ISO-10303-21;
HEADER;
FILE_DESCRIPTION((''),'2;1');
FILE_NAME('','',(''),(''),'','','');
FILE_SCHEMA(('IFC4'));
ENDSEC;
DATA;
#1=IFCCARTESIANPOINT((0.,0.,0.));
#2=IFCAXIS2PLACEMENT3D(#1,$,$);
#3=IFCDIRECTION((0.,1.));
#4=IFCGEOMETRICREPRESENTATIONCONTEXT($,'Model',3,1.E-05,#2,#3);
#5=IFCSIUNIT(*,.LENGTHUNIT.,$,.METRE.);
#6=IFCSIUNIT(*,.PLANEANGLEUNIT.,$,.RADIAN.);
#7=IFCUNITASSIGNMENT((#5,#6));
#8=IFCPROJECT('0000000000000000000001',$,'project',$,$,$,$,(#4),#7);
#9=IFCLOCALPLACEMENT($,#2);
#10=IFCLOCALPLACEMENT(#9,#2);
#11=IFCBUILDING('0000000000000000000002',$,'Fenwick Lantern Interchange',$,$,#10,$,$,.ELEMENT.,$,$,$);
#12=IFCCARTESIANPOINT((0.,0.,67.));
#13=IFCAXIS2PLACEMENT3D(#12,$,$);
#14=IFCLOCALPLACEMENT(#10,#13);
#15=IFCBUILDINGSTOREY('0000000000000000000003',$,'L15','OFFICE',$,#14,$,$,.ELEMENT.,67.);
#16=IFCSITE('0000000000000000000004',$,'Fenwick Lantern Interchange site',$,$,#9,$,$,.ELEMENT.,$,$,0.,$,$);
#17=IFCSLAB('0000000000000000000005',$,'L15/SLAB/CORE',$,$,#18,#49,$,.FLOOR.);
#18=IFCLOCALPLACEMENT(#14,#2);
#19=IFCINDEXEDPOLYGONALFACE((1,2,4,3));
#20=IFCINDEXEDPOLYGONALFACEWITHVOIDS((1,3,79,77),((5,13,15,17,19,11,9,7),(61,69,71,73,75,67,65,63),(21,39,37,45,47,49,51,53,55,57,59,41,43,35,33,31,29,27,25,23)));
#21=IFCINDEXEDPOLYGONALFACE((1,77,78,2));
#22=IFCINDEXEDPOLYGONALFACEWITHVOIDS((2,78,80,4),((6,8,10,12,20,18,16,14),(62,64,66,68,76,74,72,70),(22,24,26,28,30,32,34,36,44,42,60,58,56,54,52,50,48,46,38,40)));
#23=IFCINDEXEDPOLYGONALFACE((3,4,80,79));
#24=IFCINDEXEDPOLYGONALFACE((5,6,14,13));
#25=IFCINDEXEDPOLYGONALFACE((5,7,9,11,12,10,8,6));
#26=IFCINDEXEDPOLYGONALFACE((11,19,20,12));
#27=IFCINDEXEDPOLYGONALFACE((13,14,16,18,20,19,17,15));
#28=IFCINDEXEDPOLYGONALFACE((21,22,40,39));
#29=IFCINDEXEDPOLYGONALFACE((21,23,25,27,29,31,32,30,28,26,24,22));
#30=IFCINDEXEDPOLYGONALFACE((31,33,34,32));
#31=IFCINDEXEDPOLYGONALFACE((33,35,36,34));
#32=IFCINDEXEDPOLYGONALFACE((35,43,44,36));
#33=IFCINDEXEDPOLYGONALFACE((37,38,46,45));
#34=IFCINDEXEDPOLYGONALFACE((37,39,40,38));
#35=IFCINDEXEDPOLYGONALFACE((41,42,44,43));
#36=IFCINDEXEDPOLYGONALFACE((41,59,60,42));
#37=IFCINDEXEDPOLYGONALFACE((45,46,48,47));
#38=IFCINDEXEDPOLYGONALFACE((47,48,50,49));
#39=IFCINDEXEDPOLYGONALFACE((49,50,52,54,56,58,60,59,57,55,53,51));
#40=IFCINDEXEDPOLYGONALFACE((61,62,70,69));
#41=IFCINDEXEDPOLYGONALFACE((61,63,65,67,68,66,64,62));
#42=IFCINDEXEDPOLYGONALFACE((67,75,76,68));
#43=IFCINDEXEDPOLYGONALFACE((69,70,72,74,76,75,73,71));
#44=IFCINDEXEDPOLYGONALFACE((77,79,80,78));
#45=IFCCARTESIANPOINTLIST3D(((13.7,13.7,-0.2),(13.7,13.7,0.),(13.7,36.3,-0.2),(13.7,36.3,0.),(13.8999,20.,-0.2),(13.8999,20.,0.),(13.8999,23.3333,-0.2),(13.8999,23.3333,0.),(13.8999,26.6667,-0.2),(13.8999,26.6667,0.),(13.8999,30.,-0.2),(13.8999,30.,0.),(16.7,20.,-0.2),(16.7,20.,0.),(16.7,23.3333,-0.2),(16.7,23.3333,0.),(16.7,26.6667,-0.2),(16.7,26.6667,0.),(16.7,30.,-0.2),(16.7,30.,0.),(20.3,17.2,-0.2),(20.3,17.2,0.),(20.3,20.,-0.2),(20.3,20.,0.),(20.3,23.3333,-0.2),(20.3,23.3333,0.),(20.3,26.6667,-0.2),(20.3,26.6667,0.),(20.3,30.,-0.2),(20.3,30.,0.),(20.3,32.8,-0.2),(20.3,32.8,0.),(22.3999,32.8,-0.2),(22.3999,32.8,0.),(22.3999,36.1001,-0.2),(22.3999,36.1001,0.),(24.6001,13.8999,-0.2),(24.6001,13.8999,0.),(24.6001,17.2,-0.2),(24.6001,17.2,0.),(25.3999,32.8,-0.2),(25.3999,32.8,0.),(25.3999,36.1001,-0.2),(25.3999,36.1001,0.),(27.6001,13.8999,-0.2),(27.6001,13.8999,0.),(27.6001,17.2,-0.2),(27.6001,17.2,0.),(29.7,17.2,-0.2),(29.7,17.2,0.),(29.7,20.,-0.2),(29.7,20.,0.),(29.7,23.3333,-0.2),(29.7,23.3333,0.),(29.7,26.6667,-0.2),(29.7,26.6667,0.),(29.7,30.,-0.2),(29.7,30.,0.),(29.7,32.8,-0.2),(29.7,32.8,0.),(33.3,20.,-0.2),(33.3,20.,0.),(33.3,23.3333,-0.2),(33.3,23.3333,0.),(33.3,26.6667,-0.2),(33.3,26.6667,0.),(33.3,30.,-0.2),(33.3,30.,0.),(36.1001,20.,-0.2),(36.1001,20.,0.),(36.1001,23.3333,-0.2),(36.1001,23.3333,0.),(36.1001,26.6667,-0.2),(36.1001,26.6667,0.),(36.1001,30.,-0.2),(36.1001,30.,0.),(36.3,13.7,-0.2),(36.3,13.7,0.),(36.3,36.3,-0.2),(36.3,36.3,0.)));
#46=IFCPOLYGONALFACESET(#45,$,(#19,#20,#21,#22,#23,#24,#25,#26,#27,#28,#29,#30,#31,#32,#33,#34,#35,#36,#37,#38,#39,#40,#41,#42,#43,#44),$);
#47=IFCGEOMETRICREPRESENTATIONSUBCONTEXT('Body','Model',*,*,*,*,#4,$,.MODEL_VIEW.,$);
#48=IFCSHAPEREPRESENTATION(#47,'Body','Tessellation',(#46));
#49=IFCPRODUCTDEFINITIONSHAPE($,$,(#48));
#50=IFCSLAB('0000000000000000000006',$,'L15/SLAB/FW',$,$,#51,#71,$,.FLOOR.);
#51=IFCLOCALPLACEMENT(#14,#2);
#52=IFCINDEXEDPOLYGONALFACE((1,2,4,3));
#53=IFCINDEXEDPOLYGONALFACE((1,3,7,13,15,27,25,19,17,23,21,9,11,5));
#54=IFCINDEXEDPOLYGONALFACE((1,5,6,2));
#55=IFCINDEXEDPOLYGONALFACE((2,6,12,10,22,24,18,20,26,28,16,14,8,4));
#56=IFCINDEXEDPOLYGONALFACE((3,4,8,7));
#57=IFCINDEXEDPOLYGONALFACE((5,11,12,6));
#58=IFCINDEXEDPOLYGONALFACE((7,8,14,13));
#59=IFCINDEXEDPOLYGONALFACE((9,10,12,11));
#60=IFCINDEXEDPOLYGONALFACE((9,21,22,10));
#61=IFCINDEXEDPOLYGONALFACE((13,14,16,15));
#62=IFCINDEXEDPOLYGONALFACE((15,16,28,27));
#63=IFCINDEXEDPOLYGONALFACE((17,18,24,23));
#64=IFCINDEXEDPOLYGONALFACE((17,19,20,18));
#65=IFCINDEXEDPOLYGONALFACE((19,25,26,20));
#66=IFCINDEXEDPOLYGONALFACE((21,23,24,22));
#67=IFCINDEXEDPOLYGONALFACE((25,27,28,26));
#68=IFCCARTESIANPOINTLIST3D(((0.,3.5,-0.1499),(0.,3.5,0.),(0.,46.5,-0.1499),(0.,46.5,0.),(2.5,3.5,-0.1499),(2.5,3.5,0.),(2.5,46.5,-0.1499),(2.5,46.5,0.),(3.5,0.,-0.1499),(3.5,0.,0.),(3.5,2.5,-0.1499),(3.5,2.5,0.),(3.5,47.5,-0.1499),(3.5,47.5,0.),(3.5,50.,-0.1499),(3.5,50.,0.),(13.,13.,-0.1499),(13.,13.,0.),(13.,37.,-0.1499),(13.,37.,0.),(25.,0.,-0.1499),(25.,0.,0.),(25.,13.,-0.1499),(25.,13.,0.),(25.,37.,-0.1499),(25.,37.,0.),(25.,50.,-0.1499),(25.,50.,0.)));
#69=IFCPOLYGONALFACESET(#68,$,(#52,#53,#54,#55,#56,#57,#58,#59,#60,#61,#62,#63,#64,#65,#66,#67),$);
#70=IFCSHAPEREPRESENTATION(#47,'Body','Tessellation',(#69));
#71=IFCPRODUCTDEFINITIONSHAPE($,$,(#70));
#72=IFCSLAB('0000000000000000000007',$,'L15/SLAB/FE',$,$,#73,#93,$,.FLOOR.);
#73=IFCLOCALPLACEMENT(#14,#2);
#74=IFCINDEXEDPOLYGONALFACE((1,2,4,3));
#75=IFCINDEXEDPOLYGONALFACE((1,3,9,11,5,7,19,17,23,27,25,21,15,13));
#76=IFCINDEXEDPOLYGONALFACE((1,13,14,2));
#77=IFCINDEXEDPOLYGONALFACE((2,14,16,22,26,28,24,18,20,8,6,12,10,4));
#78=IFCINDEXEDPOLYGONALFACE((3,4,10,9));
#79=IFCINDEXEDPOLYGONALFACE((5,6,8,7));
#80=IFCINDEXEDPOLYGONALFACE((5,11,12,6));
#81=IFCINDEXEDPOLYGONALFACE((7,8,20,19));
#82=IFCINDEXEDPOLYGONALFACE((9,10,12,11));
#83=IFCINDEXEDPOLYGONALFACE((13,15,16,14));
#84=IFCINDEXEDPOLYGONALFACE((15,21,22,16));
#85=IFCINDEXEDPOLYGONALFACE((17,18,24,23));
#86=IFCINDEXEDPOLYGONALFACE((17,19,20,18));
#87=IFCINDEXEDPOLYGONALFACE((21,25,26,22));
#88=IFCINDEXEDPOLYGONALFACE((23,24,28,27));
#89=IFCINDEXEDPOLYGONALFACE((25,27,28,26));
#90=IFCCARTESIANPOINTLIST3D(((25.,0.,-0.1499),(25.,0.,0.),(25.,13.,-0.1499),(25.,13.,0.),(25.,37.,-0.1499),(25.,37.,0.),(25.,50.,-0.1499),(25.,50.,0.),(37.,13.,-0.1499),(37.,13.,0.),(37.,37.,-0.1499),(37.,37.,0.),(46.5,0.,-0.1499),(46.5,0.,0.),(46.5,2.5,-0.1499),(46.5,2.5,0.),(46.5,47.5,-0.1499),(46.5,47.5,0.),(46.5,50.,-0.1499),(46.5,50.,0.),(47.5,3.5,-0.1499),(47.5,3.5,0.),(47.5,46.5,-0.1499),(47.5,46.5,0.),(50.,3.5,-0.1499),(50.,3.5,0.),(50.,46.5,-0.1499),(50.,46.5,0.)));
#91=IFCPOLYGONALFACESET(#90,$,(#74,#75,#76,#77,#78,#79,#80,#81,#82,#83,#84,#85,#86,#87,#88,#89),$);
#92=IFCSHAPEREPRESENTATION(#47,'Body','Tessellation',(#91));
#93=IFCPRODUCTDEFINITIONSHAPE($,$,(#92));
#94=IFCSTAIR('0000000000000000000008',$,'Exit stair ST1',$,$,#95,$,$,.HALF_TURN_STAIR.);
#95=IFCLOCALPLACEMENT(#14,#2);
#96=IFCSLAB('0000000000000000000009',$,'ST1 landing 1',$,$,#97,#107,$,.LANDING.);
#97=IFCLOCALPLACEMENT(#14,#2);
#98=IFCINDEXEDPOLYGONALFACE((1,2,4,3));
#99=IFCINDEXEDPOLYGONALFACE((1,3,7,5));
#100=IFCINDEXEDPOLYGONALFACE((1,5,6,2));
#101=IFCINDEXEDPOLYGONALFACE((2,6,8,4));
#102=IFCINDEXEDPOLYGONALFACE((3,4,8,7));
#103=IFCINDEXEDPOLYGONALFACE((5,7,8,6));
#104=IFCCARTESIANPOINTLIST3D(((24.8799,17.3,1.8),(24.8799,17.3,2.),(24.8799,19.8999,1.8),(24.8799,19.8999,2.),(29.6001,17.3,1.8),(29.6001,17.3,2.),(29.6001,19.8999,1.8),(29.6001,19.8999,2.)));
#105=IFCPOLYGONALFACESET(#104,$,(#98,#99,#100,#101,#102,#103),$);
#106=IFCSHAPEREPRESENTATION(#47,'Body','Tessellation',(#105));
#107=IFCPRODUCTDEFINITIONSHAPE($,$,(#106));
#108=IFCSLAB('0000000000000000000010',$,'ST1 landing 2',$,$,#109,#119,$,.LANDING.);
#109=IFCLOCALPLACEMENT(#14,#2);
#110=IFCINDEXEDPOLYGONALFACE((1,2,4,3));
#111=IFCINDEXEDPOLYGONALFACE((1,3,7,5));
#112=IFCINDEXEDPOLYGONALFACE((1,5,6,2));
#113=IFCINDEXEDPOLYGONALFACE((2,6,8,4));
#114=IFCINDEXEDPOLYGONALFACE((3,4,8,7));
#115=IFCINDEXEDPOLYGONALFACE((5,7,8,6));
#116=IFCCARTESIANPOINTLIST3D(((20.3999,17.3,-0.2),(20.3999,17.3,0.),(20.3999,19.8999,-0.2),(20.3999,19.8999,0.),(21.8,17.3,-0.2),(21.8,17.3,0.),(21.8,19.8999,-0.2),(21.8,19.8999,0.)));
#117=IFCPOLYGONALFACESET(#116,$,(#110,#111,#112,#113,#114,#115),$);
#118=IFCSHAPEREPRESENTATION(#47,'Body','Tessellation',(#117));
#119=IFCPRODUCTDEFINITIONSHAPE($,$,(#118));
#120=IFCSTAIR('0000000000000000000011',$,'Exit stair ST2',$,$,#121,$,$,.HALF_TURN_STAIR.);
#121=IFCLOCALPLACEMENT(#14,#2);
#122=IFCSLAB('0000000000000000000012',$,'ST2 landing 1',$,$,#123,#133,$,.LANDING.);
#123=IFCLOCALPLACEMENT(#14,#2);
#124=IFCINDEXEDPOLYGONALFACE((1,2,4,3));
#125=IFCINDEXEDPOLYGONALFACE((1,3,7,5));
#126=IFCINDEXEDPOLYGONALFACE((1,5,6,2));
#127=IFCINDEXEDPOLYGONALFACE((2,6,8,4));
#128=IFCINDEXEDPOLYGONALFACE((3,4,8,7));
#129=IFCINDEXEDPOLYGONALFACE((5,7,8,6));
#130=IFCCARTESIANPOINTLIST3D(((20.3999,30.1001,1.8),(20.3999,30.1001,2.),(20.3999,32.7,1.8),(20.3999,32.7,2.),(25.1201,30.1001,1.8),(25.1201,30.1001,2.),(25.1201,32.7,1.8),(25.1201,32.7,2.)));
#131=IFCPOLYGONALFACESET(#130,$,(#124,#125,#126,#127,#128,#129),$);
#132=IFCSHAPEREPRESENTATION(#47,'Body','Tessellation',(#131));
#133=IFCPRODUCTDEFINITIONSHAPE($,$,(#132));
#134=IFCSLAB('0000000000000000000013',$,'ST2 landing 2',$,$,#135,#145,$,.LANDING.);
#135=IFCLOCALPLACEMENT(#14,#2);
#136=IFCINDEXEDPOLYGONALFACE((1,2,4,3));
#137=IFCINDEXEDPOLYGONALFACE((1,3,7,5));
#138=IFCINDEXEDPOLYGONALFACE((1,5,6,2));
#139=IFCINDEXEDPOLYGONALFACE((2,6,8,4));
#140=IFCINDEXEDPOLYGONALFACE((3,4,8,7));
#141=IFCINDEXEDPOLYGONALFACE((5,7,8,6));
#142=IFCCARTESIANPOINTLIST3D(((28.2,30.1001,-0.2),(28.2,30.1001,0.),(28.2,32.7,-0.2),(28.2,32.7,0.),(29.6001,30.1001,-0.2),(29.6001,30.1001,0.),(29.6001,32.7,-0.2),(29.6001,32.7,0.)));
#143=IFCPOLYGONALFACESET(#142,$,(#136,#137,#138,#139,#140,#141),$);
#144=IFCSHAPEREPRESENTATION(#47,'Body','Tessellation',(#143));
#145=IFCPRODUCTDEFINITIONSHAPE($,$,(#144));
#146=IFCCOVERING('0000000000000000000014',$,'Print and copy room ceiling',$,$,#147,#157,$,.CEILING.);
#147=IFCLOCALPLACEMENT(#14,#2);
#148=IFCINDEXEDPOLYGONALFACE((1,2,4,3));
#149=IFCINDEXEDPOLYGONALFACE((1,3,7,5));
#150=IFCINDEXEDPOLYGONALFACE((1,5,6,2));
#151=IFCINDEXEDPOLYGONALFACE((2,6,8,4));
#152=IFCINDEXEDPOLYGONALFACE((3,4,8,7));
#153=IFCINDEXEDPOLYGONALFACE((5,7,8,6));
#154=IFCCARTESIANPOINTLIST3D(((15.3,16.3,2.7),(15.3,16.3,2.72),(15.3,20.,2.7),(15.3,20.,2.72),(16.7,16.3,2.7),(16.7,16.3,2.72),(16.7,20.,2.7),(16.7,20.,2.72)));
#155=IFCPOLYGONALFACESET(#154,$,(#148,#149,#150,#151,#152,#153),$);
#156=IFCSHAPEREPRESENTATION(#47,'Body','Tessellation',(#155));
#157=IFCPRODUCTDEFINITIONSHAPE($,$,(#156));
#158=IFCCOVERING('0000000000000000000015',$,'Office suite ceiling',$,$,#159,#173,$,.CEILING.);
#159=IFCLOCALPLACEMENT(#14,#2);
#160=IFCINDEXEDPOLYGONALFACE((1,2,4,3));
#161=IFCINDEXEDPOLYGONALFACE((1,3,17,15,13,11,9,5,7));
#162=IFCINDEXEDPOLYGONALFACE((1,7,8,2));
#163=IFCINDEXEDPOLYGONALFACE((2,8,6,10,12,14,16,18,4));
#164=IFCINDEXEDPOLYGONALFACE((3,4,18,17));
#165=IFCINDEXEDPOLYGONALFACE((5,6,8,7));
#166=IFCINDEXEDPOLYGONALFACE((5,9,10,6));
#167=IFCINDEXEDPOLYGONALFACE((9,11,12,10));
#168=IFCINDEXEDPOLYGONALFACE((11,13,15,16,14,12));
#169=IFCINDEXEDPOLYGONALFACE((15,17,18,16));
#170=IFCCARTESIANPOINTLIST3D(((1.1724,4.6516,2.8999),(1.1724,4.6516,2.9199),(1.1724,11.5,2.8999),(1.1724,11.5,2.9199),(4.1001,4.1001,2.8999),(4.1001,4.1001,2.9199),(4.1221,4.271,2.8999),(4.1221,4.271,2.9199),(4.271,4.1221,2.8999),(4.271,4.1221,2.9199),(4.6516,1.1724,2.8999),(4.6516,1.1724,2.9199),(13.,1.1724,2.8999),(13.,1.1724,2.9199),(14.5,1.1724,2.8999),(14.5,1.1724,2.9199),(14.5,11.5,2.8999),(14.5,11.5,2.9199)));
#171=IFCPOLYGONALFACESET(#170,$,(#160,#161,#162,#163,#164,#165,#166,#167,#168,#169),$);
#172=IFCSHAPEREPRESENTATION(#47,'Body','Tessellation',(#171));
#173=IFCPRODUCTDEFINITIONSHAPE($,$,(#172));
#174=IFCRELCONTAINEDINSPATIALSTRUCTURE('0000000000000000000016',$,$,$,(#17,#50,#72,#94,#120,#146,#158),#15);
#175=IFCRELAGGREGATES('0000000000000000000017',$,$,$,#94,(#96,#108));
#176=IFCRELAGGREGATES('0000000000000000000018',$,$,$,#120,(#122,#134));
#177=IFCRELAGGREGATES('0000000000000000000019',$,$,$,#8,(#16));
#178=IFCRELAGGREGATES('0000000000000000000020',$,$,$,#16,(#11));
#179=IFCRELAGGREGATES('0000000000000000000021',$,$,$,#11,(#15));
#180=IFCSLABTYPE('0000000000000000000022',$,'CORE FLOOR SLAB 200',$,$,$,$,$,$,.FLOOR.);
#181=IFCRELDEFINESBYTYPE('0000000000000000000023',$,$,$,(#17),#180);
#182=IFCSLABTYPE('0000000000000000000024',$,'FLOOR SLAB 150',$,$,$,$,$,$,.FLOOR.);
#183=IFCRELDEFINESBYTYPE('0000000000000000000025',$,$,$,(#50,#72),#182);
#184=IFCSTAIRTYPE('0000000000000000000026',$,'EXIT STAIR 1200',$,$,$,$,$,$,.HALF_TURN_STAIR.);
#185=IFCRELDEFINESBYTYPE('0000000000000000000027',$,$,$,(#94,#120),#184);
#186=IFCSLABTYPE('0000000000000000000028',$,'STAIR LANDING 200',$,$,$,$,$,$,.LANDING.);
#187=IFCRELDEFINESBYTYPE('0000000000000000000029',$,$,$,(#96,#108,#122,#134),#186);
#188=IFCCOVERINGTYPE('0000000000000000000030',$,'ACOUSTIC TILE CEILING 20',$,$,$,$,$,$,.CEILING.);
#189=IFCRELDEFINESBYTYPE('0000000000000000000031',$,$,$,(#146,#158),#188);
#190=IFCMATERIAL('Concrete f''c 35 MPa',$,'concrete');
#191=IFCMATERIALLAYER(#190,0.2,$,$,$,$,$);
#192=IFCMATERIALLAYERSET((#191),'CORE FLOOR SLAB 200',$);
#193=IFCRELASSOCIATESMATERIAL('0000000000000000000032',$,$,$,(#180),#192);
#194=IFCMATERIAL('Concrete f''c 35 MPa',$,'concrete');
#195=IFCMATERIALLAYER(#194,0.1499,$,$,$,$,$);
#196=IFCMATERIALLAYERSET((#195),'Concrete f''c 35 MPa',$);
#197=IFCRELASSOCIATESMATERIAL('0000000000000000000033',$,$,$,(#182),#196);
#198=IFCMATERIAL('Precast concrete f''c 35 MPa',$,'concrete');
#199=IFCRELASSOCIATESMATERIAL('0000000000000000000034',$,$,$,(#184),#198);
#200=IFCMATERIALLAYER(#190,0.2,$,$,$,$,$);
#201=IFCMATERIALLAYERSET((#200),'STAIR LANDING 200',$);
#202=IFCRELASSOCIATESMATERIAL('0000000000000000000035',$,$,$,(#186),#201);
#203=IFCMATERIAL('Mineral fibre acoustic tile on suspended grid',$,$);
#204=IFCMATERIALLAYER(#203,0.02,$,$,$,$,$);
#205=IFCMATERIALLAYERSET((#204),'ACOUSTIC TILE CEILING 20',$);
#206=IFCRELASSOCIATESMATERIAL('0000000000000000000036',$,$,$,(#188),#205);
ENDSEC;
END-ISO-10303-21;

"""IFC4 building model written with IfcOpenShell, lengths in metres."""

from ifc_helpers import new_model, si_unit, direction, frame, origin, place, context, subcontext, project, spatial, polyline, outline, extrude, material, layer, layer_set, type_object, element, aggregate, save


model = new_model("IFC4")

# Units and contexts
model_context = context("Model", 3, precision=1e-05, world=origin(), true_north=direction((0.0, 1.0)))
body_context = subcontext(model_context, "Body", "Model", "MODEL_VIEW")
ifc_project = project(units=[si_unit("LENGTHUNIT", "METRE"), si_unit("PLANEANGLEUNIT", "RADIAN")], contexts=[model_context])

# Site, building, storey
site_placement = place(None, origin())
site = spatial("IfcSite", under=ifc_project, at=site_placement, Name="Fenwick Lantern Interchange site", CompositionType="ELEMENT", RefElevation=0.0)
building_placement = place(site_placement, origin())
building = spatial("IfcBuilding", under=site, at=building_placement, Name="Fenwick Lantern Interchange", CompositionType="ELEMENT")
storey_placement = place(building_placement, frame((0.0, 0.0, 67.0)))
storey = spatial("IfcBuildingStorey", under=building, at=storey_placement, Name="L15", Description="OFFICE", CompositionType="ELEMENT", Elevation=67.0)

# Slabs
ifc_material_1 = material(Name="Concrete f'c 35 MPa", Category="concrete")
ifc_layer_1 = layer(ifc_material_1, 0.2)
ifc_layer_set_1 = layer_set([ifc_layer_1], Name="CORE FLOOR SLAB 200")
slab_type_1 = type_object("IfcSlabType", Name="CORE FLOOR SLAB 200", PredefinedType="FLOOR", material=ifc_layer_set_1)
slab_1_placement = place(storey_placement, frame((0.0, 0.0, -0.2)))
element("IfcSlab", 1, at=slab_1_placement, inside=storey, type_object=slab_type_1, Name="L15/SLAB/CORE", PredefinedType="FLOOR", context=body_context, shape_type="SweptSolid", body=[
    extrude(outline(polyline([(13.7, 36.3), (36.3, 36.3), (36.3, 13.7), (13.7, 13.7), (13.7, 36.3)]), holes=[polyline([(13.8999, 20.0), (16.7, 20.0), (16.7, 23.3333), (16.7, 26.6667), (16.7, 30.0), (13.8999, 30.0), (13.8999, 26.6667), (13.8999, 23.3333), (13.8999, 20.0)]), polyline([(20.3, 20.0), (20.3, 17.2), (24.6001, 17.2), (24.6001, 13.8999), (27.6001, 13.8999), (27.6001, 17.2), (29.7, 17.2), (29.7, 20.0), (29.7, 23.3333), (29.7, 26.6667), (29.7, 30.0), (29.7, 32.8), (25.3999, 32.8), (25.3999, 36.1001), (22.3999, 36.1001), (22.3999, 32.8), (20.3, 32.8), (20.3, 30.0), (20.3, 26.6667), (20.3, 23.3333), (20.3, 20.0)]), polyline([(33.3, 23.3333), (33.3, 20.0), (36.1001, 20.0), (36.1001, 23.3333), (36.1001, 26.6667), (36.1001, 30.0), (33.3, 30.0), (33.3, 26.6667), (33.3, 23.3333)])]), origin(), (0.0, 0.0, 1.0), 0.2),
])
ifc_material_2 = material(Name="Concrete f'c 35 MPa", Category="concrete")
ifc_layer_2 = layer(ifc_material_2, 0.1499)
ifc_layer_set_2 = layer_set([ifc_layer_2], Name="Concrete f'c 35 MPa")
slab_type_2 = type_object("IfcSlabType", Name="FLOOR SLAB 150", PredefinedType="FLOOR", material=ifc_layer_set_2)
slab_2_placement = place(storey_placement, frame((0.0, 0.0, -0.1499)))
element("IfcSlab", 2, at=slab_2_placement, inside=storey, type_object=slab_type_2, Name="L15/SLAB/FW", PredefinedType="FLOOR", context=body_context, shape_type="SweptSolid", body=[
    extrude(outline(polyline([(3.5, 0.0), (3.5, 2.5), (2.5, 3.5), (0.0, 3.5), (0.0, 46.5), (2.5, 46.5), (3.5, 47.5), (3.5, 50.0), (25.0, 50.0), (25.0, 37.0), (13.0, 37.0), (13.0, 13.0), (25.0, 13.0), (25.0, 0.0), (3.5, 0.0)])), origin(), (0.0, 0.0, 1.0), 0.1499),
])
slab_3_placement = place(storey_placement, frame((0.0, 0.0, -0.1499)))
element("IfcSlab", 3, at=slab_3_placement, inside=storey, type_object=slab_type_2, Name="L15/SLAB/FE", PredefinedType="FLOOR", context=body_context, shape_type="SweptSolid", body=[
    extrude(outline(polyline([(46.5, 50.0), (46.5, 47.5), (47.5, 46.5), (50.0, 46.5), (50.0, 3.5), (47.5, 3.5), (46.5, 2.5), (46.5, 0.0), (25.0, 0.0), (25.0, 13.0), (37.0, 13.0), (37.0, 37.0), (25.0, 37.0), (25.0, 50.0), (46.5, 50.0)])), origin(), (0.0, 0.0, 1.0), 0.1499),
])

# Stairs, slabs
ifc_material_3 = material(Name="Precast concrete f'c 35 MPa", Category="concrete")
stair_type = type_object("IfcStairType", Name="EXIT STAIR 1200", PredefinedType="HALF_TURN_STAIR", material=ifc_material_3)
stair_1_placement = place(storey_placement, origin())
stair_1 = element("IfcStair", 4, at=stair_1_placement, inside=storey, type_object=stair_type, Name="Exit stair ST1", PredefinedType="HALF_TURN_STAIR")
ifc_layer_3 = layer(ifc_material_1, 0.2)
ifc_layer_set_3 = layer_set([ifc_layer_3], Name="STAIR LANDING 200")
slab_type_3 = type_object("IfcSlabType", Name="STAIR LANDING 200", PredefinedType="LANDING", material=ifc_layer_set_3)
slab_4_placement = place(storey_placement, frame((0.0, 0.0, 1.8)))
slab_4 = element("IfcSlab", 5, at=slab_4_placement, type_object=slab_type_3, Name="ST1 landing 1", PredefinedType="LANDING", context=body_context, shape_type="SweptSolid", body=[
    extrude(outline(polyline([(24.8799, 17.3), (29.6001, 17.3), (29.6001, 19.8999), (24.8799, 19.8999), (24.8799, 17.3)])), origin(), (0.0, 0.0, 1.0), 0.2),
])
slab_5_placement = place(storey_placement, frame((0.0, 0.0, -0.2)))
slab_5 = element("IfcSlab", 6, at=slab_5_placement, type_object=slab_type_3, Name="ST1 landing 2", PredefinedType="LANDING", context=body_context, shape_type="SweptSolid", body=[
    extrude(outline(polyline([(20.3999, 17.3), (21.8, 17.3), (21.8, 19.8999), (20.3999, 19.8999), (20.3999, 17.3)])), origin(), (0.0, 0.0, 1.0), 0.2),
])
aggregate(stair_1, [slab_4, slab_5])
stair_2_placement = place(storey_placement, origin())
stair_2 = element("IfcStair", 7, at=stair_2_placement, inside=storey, type_object=stair_type, Name="Exit stair ST2", PredefinedType="HALF_TURN_STAIR")
slab_6_placement = place(storey_placement, frame((0.0, 0.0, 1.8)))
slab_6 = element("IfcSlab", 8, at=slab_6_placement, type_object=slab_type_3, Name="ST2 landing 1", PredefinedType="LANDING", context=body_context, shape_type="SweptSolid", body=[
    extrude(outline(polyline([(25.1201, 32.7), (20.3999, 32.7), (20.3999, 30.1001), (25.1201, 30.1001), (25.1201, 32.7)])), origin(), (0.0, 0.0, 1.0), 0.2),
])
slab_7_placement = place(storey_placement, frame((0.0, 0.0, -0.2)))
slab_7 = element("IfcSlab", 9, at=slab_7_placement, type_object=slab_type_3, Name="ST2 landing 2", PredefinedType="LANDING", context=body_context, shape_type="SweptSolid", body=[
    extrude(outline(polyline([(29.6001, 32.7), (28.2, 32.7), (28.2, 30.1001), (29.6001, 30.1001), (29.6001, 32.7)])), origin(), (0.0, 0.0, 1.0), 0.2),
])
aggregate(stair_2, [slab_6, slab_7])

# Coverings
ifc_material_4 = material(Name="Mineral fibre acoustic tile on suspended grid")
ifc_layer_4 = layer(ifc_material_4, 0.02)
ifc_layer_set_4 = layer_set([ifc_layer_4], Name="ACOUSTIC TILE CEILING 20")
covering_type_1 = type_object("IfcCoveringType", Name="ACOUSTIC TILE CEILING 20", PredefinedType="CEILING", material=ifc_layer_set_4)
covering_1_placement = place(storey_placement, frame((0.0, 0.0, 2.7)))
element("IfcCovering", 10, at=covering_1_placement, inside=storey, type_object=covering_type_1, Name="Print and copy room ceiling", PredefinedType="CEILING", context=body_context, shape_type="SweptSolid", body=[
    extrude(outline(polyline([(15.3, 16.3), (16.7, 16.3), (16.7, 20.0), (15.3, 20.0), (15.3, 16.3)])), origin(), (0.0, 0.0, 1.0), 0.02),
])
covering_2_placement = place(storey_placement, frame((0.0, 0.0, 2.8999)))
element("IfcCovering", 11, at=covering_2_placement, inside=storey, type_object=covering_type_1, Name="Office suite ceiling", PredefinedType="CEILING", context=body_context, shape_type="SweptSolid", body=[
    extrude(outline(polyline([(14.5, 11.5), (1.1724, 11.5), (1.1724, 4.6516), (4.1221, 4.271), (4.1001, 4.1001), (4.271, 4.1221), (4.6516, 1.1724), (13.0, 1.1724), (14.5, 1.1724), (14.5, 11.5)])), origin(), (0.0, 0.0, 1.0), 0.02),
])

save(model, "model.ifc")
